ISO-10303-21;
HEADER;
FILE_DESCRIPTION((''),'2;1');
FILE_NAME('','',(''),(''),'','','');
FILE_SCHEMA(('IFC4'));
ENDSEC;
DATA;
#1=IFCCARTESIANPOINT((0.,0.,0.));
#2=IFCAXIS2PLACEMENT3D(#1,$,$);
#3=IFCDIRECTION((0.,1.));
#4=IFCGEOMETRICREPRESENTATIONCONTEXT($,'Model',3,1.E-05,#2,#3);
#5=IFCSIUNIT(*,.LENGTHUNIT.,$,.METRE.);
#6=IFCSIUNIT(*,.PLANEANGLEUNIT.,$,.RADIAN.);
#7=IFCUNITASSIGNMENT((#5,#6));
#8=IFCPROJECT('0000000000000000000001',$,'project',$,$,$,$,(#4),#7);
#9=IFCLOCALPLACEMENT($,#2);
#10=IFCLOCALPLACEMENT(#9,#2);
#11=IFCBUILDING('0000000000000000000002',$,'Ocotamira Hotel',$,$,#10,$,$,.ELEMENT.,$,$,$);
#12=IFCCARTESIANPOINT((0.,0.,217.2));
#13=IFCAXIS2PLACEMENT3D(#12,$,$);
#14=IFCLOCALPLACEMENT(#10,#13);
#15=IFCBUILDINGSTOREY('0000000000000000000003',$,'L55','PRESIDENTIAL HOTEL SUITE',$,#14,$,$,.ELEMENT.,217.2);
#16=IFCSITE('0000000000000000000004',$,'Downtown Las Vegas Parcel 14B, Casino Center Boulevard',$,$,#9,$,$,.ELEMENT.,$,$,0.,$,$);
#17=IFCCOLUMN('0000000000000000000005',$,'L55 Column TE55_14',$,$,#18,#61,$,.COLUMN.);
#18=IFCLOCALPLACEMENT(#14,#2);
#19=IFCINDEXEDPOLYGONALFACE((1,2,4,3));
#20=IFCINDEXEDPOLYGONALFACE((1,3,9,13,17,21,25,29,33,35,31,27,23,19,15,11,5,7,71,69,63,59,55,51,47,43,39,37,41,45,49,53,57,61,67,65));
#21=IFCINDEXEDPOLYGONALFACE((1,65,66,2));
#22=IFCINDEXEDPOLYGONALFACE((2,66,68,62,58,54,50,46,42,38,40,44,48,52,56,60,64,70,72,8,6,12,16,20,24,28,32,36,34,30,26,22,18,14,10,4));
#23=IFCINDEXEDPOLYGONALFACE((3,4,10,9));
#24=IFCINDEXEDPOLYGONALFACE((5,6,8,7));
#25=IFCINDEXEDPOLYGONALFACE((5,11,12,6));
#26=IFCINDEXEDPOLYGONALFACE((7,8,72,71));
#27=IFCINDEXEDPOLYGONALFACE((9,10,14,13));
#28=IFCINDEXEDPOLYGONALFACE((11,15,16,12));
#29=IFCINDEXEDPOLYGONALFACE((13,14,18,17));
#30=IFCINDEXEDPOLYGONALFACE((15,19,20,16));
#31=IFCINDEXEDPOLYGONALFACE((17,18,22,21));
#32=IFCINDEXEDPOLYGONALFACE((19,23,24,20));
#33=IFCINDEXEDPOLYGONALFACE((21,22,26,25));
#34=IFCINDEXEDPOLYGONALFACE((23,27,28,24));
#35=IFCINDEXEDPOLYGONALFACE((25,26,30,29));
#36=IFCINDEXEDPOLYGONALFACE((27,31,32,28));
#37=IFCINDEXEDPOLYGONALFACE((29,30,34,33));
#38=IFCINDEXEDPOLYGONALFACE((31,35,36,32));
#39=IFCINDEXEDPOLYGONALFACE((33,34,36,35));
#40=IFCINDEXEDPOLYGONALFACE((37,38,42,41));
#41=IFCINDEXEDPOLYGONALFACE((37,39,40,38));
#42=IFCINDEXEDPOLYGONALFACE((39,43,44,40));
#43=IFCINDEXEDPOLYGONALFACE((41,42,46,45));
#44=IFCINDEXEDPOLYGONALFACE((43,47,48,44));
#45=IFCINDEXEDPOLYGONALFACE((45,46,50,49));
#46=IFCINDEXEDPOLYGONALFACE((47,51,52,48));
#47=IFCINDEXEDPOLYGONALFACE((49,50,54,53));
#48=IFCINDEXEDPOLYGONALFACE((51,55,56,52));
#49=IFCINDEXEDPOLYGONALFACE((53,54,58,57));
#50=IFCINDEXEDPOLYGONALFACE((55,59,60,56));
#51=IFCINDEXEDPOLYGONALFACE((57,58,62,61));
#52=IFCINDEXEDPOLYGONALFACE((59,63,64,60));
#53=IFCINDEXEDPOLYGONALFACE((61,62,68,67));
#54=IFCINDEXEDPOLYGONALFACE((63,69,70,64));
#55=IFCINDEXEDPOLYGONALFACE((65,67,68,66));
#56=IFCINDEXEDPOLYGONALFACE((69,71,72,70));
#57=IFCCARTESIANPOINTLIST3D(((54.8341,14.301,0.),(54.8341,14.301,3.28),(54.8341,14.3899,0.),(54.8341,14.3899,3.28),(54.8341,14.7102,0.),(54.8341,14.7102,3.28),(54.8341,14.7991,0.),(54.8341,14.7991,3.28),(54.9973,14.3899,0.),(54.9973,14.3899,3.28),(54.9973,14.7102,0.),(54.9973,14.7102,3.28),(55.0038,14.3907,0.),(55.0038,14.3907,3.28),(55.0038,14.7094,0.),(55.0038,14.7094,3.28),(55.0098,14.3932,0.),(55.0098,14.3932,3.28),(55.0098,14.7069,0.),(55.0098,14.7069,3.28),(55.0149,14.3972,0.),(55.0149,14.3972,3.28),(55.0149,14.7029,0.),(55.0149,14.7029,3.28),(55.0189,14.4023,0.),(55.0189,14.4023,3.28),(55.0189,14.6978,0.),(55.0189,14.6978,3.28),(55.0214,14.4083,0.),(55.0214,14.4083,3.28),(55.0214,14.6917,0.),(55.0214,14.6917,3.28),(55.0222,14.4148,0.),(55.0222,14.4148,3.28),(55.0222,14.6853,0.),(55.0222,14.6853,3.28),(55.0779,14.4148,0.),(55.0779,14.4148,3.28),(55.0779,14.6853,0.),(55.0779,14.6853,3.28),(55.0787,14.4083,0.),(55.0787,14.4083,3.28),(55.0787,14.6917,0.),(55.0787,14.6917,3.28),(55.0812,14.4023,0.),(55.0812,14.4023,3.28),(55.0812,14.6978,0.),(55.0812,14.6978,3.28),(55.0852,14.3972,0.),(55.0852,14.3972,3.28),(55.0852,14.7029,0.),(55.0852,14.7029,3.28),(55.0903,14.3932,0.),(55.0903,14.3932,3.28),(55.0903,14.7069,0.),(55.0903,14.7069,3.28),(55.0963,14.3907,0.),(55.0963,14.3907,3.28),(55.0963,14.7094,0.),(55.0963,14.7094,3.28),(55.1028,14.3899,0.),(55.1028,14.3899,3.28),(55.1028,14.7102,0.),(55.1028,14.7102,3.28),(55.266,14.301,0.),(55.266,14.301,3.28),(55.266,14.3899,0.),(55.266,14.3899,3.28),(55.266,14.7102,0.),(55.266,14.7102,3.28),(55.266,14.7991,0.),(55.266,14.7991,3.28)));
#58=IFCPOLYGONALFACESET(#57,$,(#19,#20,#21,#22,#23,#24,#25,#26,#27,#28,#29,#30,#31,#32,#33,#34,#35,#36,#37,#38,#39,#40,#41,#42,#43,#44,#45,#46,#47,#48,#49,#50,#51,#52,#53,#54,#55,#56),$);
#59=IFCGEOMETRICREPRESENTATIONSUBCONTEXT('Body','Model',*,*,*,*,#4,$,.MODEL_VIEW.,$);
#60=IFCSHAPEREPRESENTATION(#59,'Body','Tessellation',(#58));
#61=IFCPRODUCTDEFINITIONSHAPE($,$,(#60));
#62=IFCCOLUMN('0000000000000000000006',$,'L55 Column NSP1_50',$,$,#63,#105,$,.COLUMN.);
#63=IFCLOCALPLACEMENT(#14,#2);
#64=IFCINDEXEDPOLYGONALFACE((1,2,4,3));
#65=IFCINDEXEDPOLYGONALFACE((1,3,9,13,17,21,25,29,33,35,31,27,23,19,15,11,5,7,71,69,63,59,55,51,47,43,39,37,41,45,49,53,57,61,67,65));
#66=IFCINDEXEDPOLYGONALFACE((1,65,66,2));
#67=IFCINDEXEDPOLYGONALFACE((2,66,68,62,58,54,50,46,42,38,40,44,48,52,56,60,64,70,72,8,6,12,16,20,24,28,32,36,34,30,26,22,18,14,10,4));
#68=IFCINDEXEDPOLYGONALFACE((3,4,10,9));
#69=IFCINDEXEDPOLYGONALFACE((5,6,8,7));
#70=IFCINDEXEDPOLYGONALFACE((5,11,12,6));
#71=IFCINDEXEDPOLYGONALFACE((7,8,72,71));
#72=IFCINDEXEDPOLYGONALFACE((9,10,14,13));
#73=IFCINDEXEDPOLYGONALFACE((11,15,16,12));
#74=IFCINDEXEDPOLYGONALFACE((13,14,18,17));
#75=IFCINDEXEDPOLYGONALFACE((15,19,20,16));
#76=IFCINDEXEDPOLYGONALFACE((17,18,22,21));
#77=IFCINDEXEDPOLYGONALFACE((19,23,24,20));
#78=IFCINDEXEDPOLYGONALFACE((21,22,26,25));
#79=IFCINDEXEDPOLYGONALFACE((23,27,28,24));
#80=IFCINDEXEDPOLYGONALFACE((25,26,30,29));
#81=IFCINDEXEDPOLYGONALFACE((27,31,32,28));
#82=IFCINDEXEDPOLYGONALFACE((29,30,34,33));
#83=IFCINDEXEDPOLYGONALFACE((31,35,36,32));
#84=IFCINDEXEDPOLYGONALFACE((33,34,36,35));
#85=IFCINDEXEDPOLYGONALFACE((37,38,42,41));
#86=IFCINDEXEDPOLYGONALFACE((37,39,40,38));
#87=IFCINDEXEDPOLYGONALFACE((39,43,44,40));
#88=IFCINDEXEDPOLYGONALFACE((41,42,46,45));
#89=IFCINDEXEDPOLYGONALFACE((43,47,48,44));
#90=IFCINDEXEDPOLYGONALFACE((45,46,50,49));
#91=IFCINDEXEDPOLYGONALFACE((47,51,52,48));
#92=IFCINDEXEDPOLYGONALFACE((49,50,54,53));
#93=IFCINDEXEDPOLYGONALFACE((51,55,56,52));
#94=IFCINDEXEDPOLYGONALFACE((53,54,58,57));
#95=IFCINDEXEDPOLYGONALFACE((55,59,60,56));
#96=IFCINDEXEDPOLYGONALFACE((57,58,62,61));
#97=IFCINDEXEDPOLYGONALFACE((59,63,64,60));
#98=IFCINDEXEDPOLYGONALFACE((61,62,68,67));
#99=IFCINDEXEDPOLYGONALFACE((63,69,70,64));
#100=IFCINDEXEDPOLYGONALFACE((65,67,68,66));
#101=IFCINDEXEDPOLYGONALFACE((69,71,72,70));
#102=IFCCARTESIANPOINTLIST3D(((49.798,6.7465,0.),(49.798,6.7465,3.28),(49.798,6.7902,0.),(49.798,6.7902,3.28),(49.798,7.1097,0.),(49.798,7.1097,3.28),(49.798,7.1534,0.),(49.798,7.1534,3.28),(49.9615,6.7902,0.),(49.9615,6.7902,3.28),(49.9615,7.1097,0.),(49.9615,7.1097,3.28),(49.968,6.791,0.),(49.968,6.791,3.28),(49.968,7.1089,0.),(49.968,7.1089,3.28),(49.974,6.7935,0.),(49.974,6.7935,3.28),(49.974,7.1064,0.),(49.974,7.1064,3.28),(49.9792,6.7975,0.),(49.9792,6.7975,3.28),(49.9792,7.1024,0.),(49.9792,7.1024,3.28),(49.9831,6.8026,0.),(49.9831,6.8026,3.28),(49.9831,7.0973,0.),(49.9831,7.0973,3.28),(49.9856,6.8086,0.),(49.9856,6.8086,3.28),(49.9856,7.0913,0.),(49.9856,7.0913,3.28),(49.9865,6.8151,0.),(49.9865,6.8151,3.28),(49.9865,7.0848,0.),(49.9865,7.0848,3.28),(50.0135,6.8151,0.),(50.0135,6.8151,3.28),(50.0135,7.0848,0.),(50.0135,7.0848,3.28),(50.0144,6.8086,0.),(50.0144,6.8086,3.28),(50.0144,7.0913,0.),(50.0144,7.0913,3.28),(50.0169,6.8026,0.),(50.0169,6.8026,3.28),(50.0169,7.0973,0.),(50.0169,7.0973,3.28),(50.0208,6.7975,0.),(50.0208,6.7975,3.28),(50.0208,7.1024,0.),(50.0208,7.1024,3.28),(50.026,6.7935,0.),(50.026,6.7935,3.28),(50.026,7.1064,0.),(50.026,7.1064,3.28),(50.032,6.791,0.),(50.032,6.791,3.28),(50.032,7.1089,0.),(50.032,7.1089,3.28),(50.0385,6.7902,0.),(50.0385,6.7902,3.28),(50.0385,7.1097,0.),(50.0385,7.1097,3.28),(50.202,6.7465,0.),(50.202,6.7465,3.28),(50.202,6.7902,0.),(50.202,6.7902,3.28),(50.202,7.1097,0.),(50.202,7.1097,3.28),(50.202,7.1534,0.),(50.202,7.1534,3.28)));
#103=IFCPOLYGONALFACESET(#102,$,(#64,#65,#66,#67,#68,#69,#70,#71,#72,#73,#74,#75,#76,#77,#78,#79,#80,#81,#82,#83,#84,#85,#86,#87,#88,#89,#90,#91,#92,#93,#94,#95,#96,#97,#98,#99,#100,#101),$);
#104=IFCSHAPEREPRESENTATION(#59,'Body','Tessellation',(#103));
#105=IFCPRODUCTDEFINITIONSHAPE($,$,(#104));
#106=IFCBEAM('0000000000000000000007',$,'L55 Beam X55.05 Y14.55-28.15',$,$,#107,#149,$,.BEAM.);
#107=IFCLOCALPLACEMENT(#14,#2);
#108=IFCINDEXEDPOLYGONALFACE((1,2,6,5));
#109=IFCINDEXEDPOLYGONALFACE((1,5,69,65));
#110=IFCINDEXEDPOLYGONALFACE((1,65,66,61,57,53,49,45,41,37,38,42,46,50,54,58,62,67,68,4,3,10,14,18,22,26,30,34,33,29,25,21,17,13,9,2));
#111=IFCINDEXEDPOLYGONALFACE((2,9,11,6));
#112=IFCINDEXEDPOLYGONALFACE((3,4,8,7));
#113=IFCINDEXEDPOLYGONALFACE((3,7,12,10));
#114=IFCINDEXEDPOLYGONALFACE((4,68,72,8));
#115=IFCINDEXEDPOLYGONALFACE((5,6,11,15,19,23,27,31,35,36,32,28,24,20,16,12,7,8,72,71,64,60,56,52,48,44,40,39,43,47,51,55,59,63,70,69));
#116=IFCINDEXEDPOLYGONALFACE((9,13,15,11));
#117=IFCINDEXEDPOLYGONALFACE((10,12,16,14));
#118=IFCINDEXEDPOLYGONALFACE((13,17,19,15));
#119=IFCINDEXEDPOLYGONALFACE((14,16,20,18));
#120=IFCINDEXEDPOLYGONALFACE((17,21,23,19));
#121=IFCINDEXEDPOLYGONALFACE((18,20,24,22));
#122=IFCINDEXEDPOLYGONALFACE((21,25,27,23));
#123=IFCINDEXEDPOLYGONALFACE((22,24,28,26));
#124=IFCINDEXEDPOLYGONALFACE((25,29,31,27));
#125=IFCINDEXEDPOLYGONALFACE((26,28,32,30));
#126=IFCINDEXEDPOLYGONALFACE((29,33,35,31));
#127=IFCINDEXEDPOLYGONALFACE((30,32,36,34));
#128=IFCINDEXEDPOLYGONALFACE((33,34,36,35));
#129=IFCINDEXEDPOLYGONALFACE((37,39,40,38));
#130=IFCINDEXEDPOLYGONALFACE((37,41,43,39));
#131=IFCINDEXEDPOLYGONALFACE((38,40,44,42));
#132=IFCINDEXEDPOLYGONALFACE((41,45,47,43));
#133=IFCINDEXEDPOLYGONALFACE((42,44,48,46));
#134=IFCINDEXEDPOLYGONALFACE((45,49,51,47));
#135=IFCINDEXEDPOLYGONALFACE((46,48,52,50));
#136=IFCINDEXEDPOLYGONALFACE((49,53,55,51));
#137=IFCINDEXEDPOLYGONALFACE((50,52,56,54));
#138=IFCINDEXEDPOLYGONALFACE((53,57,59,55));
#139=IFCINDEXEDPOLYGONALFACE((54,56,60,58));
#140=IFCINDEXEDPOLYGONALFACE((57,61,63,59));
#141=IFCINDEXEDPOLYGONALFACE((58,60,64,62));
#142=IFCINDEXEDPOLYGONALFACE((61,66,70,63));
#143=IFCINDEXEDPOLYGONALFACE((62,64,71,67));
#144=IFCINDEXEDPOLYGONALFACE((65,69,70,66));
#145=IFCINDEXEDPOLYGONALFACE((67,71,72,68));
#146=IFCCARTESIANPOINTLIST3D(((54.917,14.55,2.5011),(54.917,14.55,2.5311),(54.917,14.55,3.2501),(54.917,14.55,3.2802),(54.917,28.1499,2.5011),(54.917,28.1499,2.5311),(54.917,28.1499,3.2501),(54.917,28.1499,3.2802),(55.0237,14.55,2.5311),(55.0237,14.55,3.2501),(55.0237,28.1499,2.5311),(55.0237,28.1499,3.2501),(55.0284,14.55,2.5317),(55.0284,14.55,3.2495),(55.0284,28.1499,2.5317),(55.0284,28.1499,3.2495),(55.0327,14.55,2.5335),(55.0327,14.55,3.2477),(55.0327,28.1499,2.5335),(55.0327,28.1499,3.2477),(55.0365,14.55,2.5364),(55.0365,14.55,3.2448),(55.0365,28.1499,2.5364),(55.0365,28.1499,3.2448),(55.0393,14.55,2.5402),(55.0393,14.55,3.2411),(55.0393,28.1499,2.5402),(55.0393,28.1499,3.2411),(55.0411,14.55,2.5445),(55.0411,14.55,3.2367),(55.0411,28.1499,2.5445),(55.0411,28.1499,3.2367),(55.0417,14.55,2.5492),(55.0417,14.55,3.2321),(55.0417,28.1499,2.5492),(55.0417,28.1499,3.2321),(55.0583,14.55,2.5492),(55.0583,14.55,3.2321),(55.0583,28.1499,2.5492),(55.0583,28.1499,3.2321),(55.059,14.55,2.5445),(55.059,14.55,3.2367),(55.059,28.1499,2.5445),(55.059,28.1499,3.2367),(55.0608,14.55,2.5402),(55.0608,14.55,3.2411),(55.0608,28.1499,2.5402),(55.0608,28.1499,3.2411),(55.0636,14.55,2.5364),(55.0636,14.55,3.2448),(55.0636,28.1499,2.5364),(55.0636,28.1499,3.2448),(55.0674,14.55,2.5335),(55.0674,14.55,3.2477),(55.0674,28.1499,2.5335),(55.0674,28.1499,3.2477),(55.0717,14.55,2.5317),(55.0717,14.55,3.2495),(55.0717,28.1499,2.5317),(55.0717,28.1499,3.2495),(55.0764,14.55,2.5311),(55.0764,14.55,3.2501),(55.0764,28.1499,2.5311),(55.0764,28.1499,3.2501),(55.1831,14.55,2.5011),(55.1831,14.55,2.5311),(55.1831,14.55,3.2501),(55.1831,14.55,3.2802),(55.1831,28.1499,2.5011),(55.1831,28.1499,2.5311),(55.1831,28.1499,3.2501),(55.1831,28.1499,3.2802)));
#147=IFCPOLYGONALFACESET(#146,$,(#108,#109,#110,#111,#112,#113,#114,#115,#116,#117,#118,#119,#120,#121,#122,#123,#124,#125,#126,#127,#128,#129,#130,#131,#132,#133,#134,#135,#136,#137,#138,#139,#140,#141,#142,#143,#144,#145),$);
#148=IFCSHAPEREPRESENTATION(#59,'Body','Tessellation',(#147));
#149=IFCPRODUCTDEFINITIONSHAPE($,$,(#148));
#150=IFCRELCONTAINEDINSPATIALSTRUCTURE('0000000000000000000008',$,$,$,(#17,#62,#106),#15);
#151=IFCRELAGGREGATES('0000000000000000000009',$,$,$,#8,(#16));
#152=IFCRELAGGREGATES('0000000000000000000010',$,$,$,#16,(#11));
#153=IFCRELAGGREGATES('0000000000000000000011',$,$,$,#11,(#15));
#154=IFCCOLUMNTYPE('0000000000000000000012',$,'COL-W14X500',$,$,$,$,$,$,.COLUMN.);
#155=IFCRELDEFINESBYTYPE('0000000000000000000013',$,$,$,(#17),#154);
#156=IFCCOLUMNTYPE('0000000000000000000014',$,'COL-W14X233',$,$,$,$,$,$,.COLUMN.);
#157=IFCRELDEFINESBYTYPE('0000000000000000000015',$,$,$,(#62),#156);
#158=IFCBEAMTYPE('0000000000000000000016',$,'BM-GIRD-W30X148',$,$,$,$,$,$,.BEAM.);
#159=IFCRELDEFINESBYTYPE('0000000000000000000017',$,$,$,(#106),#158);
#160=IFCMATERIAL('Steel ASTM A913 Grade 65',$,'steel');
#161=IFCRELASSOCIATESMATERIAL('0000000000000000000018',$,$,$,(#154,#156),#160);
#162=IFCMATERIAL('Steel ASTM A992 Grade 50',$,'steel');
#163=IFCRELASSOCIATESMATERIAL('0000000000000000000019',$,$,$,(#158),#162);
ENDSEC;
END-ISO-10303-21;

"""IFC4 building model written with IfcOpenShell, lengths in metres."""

from ifc_helpers import new_model, si_unit, direction, frame, origin, origin_2d, place, context, subcontext, project, spatial, i_section, extrude, source, transform, mapped, material, material_profile, profile_set, type_object, element, save


model = new_model("IFC4")

# Units and contexts
model_context = context("Model", 3, precision=1e-05, world=origin(), true_north=direction((0.0, 1.0)))
body_context = subcontext(model_context, "Body", "Model", "MODEL_VIEW")
ifc_project = project(units=[si_unit("LENGTHUNIT", "METRE"), si_unit("PLANEANGLEUNIT", "RADIAN")], contexts=[model_context])

# Site, building, storey
site_placement = place(None, origin())
site = spatial("IfcSite", under=ifc_project, at=site_placement, Name="Downtown Las Vegas Parcel 14B, Casino Center Boulevard", CompositionType="ELEMENT", RefElevation=0.0)
building_placement = place(site_placement, origin())
building = spatial("IfcBuilding", under=site, at=building_placement, Name="Ocotamira Hotel", CompositionType="ELEMENT")
storey_placement = place(building_placement, frame((0.0, 0.0, 217.2)))
storey = spatial("IfcBuildingStorey", under=building, at=storey_placement, Name="L55", Description="PRESIDENTIAL HOTEL SUITE", CompositionType="ELEMENT", Elevation=217.2)

# Columns
ifc_material_1 = material(Name="Steel ASTM A913 Grade 65", Category="steel")
ifc_material_profile_1 = material_profile(ifc_material_1, i_section(OverallWidth=0.4319, OverallDepth=0.498, WebThickness=0.0557, FlangeThickness=0.0889, FilletRadius=0.0249, at=origin_2d()), Name="W14X500")
ifc_profile_set_1 = profile_set([ifc_material_profile_1], Name="Steel ASTM A913 Grade 65")
column_type_1 = type_object("IfcColumnType", Name="COL-W14X500", PredefinedType="COLUMN", material=ifc_profile_set_1)
shared_shape_1 = source(origin(), body_context, "Body", "SweptSolid", [
    extrude(i_section(OverallWidth=0.4319, OverallDepth=0.498, WebThickness=0.0557, FlangeThickness=0.0889, FilletRadius=0.0249, at=origin_2d()), origin(), (0.0, 0.0, 1.0), 3.28),
])
column_1_placement = place(storey_placement, frame((55.05, 14.55, 0.0), z_axis=(0.0, 0.0, 1.0), x_axis=(1.0, 0.0, 0.0)))
element("IfcColumn", 1, at=column_1_placement, inside=storey, type_object=column_type_1, Name="L55 Column TE55_14", PredefinedType="COLUMN", context=body_context, shape_type="MappedRepresentation", body=[
    mapped(shared_shape_1, transform((0.0, 0.0, 0.0), scale=1.0)),
])
ifc_material_profile_2 = material_profile(ifc_material_1, i_section(OverallWidth=0.4041, OverallDepth=0.407, WebThickness=0.0271, FlangeThickness=0.0437, FilletRadius=0.0249, at=origin_2d()), Name="W14X233")
ifc_profile_set_2 = profile_set([ifc_material_profile_2], Name="Steel ASTM A913 Grade 65")
column_type_2 = type_object("IfcColumnType", Name="COL-W14X233", PredefinedType="COLUMN", material=ifc_profile_set_2)
shared_shape_2 = source(origin(), body_context, "Body", "SweptSolid", [
    extrude(i_section(OverallWidth=0.4041, OverallDepth=0.407, WebThickness=0.0271, FlangeThickness=0.0437, FilletRadius=0.0249, at=origin_2d()), origin(), (0.0, 0.0, 1.0), 3.28),
])
column_2_placement = place(storey_placement, frame((50.0, 6.95, 0.0), z_axis=(0.0, 0.0, 1.0), x_axis=(1.0, 0.0, 0.0)))
element("IfcColumn", 2, at=column_2_placement, inside=storey, type_object=column_type_2, Name="L55 Column NSP1_50", PredefinedType="COLUMN", context=body_context, shape_type="MappedRepresentation", body=[
    mapped(shared_shape_2, transform((0.0, 0.0, 0.0), scale=1.0)),
])

# Beam
ifc_material_2 = material(Name="Steel ASTM A992 Grade 50", Category="steel")
ifc_material_profile_3 = material_profile(ifc_material_2, i_section(OverallWidth=0.2661, OverallDepth=0.7791, WebThickness=0.0166, FlangeThickness=0.03, FilletRadius=0.0181, at=origin_2d()), Name="W30X148")
ifc_profile_set_3 = profile_set([ifc_material_profile_3], Name="Steel ASTM A992 Grade 50")
beam_type_1 = type_object("IfcBeamType", Name="BM-GIRD-W30X148", PredefinedType="BEAM", material=ifc_profile_set_3)
shared_shape_3 = source(origin(), body_context, "Body", "SweptSolid", [
    extrude(i_section(OverallWidth=0.2661, OverallDepth=0.7791, WebThickness=0.0166, FlangeThickness=0.03, FilletRadius=0.0181, at=origin_2d()), origin(), (0.0, 0.0, 1.0), 13.5999),
])
beam_1_placement = place(storey_placement, frame((55.05, 14.55, 2.8906), z_axis=(0.0, 1.0, 0.0), x_axis=(-1.0, 0.0, 0.0)))
element("IfcBeam", 3, at=beam_1_placement, inside=storey, type_object=beam_type_1, Name="L55 Beam X55.05 Y14.55-28.15", PredefinedType="BEAM", context=body_context, shape_type="MappedRepresentation", body=[
    mapped(shared_shape_3, transform((0.0, 0.0, 0.0), scale=1.0)),
])

save(model, "model.ifc")
